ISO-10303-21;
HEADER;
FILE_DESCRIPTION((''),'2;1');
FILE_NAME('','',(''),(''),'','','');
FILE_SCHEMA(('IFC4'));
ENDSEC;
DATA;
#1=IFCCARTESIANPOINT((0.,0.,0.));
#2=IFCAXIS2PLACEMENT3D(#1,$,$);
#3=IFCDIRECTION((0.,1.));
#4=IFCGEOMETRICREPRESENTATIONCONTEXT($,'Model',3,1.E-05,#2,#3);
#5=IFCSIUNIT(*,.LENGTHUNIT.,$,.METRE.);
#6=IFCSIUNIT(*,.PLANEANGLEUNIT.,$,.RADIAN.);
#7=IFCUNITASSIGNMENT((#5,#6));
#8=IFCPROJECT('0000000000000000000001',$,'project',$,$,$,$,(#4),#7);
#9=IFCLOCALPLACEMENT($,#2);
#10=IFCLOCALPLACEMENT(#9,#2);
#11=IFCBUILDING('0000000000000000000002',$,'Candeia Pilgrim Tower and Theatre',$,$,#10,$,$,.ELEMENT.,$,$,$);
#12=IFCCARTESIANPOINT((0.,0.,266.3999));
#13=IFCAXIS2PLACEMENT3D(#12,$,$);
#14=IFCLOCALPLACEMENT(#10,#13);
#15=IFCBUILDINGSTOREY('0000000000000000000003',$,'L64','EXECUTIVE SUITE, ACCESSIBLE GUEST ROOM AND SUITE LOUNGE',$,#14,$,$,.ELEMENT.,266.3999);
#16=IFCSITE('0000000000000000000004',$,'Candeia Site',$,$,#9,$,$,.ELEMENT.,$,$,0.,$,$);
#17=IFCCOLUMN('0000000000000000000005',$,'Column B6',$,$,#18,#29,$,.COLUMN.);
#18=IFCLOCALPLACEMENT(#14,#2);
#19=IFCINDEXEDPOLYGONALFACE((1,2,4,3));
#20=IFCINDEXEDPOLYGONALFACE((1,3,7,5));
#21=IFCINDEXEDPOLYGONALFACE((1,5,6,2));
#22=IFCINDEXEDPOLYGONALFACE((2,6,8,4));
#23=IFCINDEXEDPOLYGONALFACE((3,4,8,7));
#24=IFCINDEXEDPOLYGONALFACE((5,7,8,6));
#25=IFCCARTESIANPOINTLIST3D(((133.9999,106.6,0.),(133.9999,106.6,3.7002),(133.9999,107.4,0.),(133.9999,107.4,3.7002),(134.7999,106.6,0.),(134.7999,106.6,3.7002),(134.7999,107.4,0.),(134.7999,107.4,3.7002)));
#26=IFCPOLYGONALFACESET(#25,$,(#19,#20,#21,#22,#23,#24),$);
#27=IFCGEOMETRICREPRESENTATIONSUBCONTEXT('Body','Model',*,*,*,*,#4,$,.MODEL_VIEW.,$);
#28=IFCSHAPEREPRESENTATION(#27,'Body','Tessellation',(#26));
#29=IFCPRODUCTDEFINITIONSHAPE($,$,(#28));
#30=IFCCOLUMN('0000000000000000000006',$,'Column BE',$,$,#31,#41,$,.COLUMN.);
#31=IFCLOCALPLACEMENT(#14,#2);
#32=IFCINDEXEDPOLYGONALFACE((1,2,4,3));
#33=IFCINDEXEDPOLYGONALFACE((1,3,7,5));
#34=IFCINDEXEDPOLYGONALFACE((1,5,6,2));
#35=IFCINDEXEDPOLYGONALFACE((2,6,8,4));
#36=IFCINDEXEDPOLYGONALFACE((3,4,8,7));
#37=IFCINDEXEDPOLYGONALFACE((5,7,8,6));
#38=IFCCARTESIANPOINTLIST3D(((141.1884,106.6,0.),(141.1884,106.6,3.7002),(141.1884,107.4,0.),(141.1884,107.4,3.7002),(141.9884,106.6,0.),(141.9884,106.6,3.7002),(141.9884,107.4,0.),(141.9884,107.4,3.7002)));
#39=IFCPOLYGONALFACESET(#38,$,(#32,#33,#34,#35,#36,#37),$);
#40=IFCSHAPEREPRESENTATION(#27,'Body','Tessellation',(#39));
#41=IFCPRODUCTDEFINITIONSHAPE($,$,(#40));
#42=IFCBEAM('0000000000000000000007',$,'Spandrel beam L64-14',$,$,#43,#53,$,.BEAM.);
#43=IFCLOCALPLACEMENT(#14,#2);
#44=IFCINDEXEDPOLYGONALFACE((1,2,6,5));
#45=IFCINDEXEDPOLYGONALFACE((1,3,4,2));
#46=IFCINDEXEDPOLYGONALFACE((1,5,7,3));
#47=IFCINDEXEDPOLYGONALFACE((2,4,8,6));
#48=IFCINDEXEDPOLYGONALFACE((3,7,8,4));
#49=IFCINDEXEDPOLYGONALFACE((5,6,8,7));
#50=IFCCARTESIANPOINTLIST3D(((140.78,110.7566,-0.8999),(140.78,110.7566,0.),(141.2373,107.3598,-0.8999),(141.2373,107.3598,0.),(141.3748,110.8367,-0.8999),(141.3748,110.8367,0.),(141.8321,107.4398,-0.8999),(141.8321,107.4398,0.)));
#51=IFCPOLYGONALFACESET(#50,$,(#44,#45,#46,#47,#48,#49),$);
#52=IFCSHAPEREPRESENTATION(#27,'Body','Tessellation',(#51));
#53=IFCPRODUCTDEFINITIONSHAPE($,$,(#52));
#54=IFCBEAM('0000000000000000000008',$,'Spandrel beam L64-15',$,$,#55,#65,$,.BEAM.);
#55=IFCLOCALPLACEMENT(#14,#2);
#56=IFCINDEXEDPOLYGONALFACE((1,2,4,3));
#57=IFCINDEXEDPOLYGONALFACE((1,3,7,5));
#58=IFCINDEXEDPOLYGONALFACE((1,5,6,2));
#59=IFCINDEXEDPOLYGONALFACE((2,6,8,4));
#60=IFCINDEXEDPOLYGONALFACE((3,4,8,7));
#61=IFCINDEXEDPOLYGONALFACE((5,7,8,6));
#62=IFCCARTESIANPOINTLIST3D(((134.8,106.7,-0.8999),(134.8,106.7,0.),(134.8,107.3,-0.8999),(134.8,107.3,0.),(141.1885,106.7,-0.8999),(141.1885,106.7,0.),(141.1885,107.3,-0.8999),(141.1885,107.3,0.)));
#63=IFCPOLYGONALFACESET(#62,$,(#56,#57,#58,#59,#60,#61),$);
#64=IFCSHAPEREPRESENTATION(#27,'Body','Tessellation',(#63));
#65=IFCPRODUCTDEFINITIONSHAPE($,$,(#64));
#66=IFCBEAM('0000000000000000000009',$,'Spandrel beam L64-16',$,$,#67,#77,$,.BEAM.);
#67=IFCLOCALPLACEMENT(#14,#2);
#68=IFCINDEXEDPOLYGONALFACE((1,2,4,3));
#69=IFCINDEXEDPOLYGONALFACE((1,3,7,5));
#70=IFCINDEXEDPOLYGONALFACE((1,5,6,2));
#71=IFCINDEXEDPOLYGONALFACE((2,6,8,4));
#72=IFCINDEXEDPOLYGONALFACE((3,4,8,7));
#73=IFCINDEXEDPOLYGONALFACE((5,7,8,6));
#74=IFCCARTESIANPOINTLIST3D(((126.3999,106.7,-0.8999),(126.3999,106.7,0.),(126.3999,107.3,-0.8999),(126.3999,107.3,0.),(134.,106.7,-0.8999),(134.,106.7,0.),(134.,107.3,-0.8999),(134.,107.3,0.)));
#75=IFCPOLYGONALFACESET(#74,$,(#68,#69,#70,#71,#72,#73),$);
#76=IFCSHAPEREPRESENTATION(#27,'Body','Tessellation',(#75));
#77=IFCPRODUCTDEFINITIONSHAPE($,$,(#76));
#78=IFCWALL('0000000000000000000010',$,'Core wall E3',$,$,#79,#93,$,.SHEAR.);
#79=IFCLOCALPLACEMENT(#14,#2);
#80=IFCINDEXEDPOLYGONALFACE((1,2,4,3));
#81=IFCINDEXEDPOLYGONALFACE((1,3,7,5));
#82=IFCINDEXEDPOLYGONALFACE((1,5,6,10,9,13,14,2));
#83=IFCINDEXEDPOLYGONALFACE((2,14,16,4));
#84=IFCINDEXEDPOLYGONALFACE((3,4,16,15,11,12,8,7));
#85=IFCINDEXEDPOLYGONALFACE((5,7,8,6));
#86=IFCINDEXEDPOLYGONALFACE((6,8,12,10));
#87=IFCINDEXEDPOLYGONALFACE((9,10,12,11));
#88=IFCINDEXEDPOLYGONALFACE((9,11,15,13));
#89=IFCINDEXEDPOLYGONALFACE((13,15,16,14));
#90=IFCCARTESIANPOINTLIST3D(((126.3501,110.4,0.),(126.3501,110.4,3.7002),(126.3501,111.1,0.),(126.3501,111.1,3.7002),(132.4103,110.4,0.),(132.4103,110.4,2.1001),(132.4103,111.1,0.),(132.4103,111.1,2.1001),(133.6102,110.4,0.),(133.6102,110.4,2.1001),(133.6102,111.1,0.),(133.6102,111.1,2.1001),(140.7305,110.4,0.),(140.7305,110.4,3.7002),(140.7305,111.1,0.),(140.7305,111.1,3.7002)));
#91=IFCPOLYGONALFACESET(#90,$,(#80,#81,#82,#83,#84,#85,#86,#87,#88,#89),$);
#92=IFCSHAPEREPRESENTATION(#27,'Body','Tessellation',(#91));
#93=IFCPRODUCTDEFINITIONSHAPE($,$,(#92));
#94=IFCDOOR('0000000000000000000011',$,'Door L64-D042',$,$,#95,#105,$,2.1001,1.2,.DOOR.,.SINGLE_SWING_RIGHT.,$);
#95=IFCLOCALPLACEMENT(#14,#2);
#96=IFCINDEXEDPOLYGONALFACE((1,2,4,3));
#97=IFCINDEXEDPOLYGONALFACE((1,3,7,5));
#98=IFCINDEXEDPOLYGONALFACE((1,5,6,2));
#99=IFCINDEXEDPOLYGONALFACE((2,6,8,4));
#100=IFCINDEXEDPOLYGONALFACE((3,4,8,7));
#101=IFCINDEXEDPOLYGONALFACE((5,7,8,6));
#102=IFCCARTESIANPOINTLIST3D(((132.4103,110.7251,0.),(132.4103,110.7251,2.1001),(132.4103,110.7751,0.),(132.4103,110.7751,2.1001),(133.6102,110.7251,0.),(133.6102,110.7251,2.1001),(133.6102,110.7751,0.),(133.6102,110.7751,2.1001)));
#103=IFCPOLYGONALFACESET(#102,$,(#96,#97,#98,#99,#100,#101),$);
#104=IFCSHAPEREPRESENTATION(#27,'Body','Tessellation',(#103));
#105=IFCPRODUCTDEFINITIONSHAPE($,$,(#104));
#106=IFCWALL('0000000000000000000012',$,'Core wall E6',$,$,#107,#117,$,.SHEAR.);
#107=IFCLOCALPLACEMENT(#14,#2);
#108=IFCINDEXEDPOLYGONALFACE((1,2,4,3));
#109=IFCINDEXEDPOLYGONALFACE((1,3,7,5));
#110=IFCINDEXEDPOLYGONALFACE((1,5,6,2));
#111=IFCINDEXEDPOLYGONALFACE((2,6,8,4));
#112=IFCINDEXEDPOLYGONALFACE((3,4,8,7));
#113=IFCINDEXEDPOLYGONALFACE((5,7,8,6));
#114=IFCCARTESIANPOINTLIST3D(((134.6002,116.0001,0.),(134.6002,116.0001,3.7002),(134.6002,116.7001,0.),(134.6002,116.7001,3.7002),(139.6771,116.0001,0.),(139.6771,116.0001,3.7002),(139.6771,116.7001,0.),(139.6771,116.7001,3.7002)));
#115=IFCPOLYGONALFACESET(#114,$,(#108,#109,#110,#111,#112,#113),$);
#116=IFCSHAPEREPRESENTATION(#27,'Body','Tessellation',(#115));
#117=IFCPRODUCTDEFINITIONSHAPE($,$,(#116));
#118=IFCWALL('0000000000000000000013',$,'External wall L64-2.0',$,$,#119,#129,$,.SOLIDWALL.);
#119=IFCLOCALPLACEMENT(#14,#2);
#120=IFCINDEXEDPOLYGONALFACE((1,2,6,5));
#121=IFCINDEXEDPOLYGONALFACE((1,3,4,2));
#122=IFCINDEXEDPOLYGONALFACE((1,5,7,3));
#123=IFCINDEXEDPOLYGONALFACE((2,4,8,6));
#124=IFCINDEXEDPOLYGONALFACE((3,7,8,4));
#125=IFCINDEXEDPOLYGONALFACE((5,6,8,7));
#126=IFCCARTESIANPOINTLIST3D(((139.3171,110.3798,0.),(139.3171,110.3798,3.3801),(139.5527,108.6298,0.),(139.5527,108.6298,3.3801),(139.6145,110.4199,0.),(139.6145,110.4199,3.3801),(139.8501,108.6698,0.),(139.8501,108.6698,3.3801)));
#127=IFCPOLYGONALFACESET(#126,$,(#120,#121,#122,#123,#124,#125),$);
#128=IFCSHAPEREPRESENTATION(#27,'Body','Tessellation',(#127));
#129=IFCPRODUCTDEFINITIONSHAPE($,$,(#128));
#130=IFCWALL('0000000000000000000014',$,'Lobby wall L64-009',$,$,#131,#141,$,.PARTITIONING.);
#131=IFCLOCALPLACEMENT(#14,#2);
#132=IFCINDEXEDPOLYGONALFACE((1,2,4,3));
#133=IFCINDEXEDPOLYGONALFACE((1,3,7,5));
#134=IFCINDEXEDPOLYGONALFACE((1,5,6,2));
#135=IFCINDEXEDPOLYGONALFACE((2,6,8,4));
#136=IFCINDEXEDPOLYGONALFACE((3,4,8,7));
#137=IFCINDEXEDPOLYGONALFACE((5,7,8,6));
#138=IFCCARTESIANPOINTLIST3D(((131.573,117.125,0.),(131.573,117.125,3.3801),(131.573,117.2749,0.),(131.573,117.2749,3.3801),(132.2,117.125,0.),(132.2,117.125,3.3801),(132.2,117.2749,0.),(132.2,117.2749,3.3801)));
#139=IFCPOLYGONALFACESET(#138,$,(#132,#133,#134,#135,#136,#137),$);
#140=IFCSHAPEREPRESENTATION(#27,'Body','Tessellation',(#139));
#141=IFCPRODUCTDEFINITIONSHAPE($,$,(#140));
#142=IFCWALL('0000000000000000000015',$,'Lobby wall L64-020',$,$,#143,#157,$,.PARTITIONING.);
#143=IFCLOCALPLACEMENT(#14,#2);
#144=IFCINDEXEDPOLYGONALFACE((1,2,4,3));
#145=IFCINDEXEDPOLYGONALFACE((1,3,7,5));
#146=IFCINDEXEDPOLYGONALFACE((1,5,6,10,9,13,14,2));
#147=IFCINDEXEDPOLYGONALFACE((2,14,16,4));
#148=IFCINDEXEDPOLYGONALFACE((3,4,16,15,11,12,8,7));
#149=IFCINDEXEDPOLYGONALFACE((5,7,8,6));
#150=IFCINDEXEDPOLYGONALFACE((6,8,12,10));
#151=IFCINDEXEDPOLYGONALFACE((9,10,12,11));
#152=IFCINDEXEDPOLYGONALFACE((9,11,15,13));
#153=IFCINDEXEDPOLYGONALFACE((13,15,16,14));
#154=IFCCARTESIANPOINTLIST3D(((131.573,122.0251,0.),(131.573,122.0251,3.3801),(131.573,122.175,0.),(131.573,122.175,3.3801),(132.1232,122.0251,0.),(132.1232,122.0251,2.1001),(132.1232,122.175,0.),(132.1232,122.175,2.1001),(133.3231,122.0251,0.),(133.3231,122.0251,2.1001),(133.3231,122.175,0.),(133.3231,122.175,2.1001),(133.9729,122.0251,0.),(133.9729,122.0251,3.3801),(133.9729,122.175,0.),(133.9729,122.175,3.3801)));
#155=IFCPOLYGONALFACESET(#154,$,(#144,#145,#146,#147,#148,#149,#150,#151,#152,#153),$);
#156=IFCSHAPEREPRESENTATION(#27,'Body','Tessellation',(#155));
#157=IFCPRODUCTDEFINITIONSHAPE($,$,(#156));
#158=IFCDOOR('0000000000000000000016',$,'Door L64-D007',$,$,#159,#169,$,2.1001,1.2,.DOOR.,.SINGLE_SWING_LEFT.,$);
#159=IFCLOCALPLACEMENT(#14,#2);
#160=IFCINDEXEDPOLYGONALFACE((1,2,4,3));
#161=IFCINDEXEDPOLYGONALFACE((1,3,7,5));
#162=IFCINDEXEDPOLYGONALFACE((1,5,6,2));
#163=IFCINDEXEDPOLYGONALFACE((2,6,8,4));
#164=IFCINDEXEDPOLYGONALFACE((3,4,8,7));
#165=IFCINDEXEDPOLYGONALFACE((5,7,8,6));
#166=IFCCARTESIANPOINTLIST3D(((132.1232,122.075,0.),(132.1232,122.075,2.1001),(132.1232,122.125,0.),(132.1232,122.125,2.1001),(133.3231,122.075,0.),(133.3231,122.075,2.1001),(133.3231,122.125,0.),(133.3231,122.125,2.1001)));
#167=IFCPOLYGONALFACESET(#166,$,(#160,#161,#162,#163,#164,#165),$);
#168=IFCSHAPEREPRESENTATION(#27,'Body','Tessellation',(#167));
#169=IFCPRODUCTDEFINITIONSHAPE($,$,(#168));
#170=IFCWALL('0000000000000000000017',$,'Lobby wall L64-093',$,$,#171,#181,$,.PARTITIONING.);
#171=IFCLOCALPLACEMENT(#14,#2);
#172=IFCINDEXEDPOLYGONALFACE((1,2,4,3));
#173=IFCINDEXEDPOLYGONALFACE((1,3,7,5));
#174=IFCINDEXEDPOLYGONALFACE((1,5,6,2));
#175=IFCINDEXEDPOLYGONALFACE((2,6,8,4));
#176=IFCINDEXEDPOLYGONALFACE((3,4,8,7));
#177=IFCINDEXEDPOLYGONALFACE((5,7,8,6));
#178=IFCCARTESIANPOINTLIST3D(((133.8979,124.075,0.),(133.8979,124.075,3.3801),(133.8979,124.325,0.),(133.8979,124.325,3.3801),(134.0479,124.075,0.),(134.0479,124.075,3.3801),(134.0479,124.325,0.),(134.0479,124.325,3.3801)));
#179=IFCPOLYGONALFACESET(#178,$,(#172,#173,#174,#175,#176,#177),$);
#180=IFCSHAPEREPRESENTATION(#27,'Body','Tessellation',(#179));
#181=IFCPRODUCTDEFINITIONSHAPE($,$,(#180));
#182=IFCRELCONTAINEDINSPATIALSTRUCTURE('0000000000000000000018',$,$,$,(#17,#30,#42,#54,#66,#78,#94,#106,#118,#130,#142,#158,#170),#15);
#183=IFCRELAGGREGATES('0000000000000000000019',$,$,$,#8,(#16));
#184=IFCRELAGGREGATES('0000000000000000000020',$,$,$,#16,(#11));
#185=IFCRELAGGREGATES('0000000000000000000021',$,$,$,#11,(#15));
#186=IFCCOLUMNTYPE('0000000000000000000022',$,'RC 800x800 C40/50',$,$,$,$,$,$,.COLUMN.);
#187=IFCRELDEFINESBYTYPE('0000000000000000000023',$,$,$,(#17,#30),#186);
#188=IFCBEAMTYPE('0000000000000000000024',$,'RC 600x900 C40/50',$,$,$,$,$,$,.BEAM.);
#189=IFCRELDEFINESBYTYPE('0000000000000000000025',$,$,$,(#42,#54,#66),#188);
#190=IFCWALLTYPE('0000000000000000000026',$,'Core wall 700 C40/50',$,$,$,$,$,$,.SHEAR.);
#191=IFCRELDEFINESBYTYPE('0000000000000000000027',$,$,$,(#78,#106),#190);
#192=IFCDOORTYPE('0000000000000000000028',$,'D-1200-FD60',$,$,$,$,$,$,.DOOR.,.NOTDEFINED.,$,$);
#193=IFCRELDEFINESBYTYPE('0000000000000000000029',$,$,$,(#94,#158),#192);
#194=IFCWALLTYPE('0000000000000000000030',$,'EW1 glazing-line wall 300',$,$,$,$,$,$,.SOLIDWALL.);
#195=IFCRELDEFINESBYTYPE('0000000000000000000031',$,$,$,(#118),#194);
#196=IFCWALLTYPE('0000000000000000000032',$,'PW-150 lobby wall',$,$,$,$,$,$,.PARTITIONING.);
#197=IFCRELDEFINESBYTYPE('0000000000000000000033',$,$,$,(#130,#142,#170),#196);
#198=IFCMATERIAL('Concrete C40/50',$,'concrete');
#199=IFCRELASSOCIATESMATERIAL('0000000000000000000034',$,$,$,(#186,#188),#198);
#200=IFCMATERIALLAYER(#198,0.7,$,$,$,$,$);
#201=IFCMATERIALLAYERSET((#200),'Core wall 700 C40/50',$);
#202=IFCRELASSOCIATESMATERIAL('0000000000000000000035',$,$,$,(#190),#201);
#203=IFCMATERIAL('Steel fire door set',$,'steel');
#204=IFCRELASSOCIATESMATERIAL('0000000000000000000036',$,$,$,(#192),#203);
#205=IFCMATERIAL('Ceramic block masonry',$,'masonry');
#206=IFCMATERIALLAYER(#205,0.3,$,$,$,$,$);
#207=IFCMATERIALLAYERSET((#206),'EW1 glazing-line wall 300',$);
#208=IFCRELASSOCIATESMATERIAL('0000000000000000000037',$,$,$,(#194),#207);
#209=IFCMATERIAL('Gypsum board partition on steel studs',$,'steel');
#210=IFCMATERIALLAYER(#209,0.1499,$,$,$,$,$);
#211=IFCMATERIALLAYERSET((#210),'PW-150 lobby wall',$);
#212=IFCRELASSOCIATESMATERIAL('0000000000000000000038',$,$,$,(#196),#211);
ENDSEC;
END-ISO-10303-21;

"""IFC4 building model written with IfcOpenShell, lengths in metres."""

from ifc_helpers import new_model, si_unit, direction, frame, frame_2d, origin, origin_2d, place, context, subcontext, project, spatial, rectangle, extrude, material, layer, layer_set, material_profile, profile_set, type_object, element, fill, save


model = new_model("IFC4")

# Units and contexts
model_context = context("Model", 3, precision=1e-05, world=origin(), true_north=direction((0.0, 1.0)))
body_context = subcontext(model_context, "Body", "Model", "MODEL_VIEW")
ifc_project = project(units=[si_unit("LENGTHUNIT", "METRE"), si_unit("PLANEANGLEUNIT", "RADIAN")], contexts=[model_context])

# Site, building, storey
site_placement = place(None, origin())
site = spatial("IfcSite", under=ifc_project, at=site_placement, Name="Candeia Site", CompositionType="ELEMENT", RefElevation=0.0)
building_placement = place(site_placement, origin())
building = spatial("IfcBuilding", under=site, at=building_placement, Name="Candeia Pilgrim Tower and Theatre", CompositionType="ELEMENT")
storey_placement = place(building_placement, frame((0.0, 0.0, 266.3999)))
storey = spatial("IfcBuildingStorey", under=building, at=storey_placement, Name="L64", Description="EXECUTIVE SUITE, ACCESSIBLE GUEST ROOM AND SUITE LOUNGE", CompositionType="ELEMENT", Elevation=266.3999)

# Columns
ifc_material_1 = material(Name="Concrete C40/50", Category="concrete")
ifc_material_profile_1 = material_profile(ifc_material_1, rectangle(XDim=0.8, YDim=0.8, at=origin_2d()))
ifc_profile_set_1 = profile_set([ifc_material_profile_1], Name="Concrete C40/50")
column_type = type_object("IfcColumnType", Name="RC 800x800 C40/50", PredefinedType="COLUMN", material=ifc_profile_set_1)
for number, where, z_axis, x_axis, name in (
    (1, (134.3999, 107.0, 0.0), (0.0, 0.0, 1.0), (1.0, 0.0, 0.0), "Column B6"),
    (2, (141.5884, 107.0, 0.0), (0.0, 0.0, 1.0), (1.0, 0.0, 0.0), "Column BE"),
):
    element("IfcColumn", number, at=place(storey_placement, frame(where, z_axis=z_axis, x_axis=x_axis)), inside=storey, type_object=column_type, Name=name, PredefinedType="COLUMN", context=body_context, shape_type="SweptSolid", body=[
        extrude(rectangle(XDim=0.8, YDim=0.8, at=origin_2d()), origin(), (0.0, 0.0, 1.0), 3.7002),
    ])

# Beams
ifc_material_profile_2 = material_profile(ifc_material_1, rectangle(XDim=0.6001, YDim=0.8999, at=origin_2d()))
ifc_profile_set_2 = profile_set([ifc_material_profile_2], Name="Concrete C40/50")
beam_type = type_object("IfcBeamType", Name="RC 600x900 C40/50", PredefinedType="BEAM", material=ifc_profile_set_2)
beam_1_placement = place(storey_placement, frame((141.0774, 110.7966, -0.45), z_axis=(0.133419, -0.99106, 0.0), x_axis=(0.99106, 0.133419, 0.0)))
element("IfcBeam", 3, at=beam_1_placement, inside=storey, type_object=beam_type, Name="Spandrel beam L64-14", PredefinedType="BEAM", context=body_context, shape_type="SweptSolid", body=[
    extrude(rectangle(XDim=0.6001, YDim=0.8999, at=origin_2d()), origin(), (0.0, 0.0, 1.0), 3.4275),
])
beam_2_placement = place(storey_placement, frame((141.1885, 107.0, -0.45), z_axis=(-1.0, 0.0, 0.0), x_axis=(0.0, -1.0, 0.0)))
element("IfcBeam", 4, at=beam_2_placement, inside=storey, type_object=beam_type, Name="Spandrel beam L64-15", PredefinedType="BEAM", context=body_context, shape_type="SweptSolid", body=[
    extrude(rectangle(XDim=0.6001, YDim=0.8999, at=origin_2d()), origin(), (0.0, 0.0, 1.0), 6.3884),
])
beam_3_placement = place(storey_placement, frame((134.0, 107.0, -0.45), z_axis=(-1.0, 0.0, 0.0), x_axis=(0.0, -1.0, 0.0)))
element("IfcBeam", 5, at=beam_3_placement, inside=storey, type_object=beam_type, Name="Spandrel beam L64-16", PredefinedType="BEAM", context=body_context, shape_type="SweptSolid", body=[
    extrude(rectangle(XDim=0.6001, YDim=0.8999, at=origin_2d()), origin(), (0.0, 0.0, 1.0), 7.6001),
])

# Wall, opening, door
ifc_layer_1 = layer(ifc_material_1, 0.7)
ifc_layer_set_1 = layer_set([ifc_layer_1], Name="Core wall 700 C40/50")
wall_type_1 = type_object("IfcWallType", Name="Core wall 700 C40/50", PredefinedType="SHEAR", material=ifc_layer_set_1)
wall_1_placement = place(storey_placement, frame((140.7305, 110.75, 0.0), z_axis=(0.0, 0.0, 1.0), x_axis=(-1.0, 0.0, 0.0)))
wall_1 = element("IfcWall", 6, at=wall_1_placement, inside=storey, type_object=wall_type_1, Name="Core wall E3", PredefinedType="SHEAR", context=body_context, shape_type="SweptSolid", body=[
    extrude(rectangle(XDim=14.3804, YDim=0.7, at=frame_2d((7.1902, 0.0))), origin(), (0.0, 0.0, 1.0), 3.7002),
])
opening_1_placement = place(wall_1_placement, frame((7.1201, 0.0, 0.0)))
opening_1 = element("IfcOpeningElement", 7, at=opening_1_placement, cuts=wall_1, PredefinedType="OPENING", context=body_context, shape_type="SweptSolid", body=[
    extrude(rectangle(XDim=1.2, YDim=2.1001, at=frame_2d((0.6001, 1.05))), frame((0.0, 0.3599, 0.0), z_axis=(0.0, -1.0, 0.0), x_axis=(1.0, 0.0, 0.0)), (0.0, 0.0, 1.0), 0.72),
])
ifc_material_2 = material(Name="Steel fire door set", Category="steel")
door_type_1 = type_object("IfcDoorType", Name="D-1200-FD60", OperationType="NOTDEFINED", PredefinedType="DOOR", material=ifc_material_2)
door_1_placement = place(opening_1_placement, origin())
door_1 = element("IfcDoor", 8, at=door_1_placement, inside=storey, type_object=door_type_1, Name="Door L64-D042", OperationType="SINGLE_SWING_RIGHT", OverallHeight=2.1001, OverallWidth=1.2, PredefinedType="DOOR", context=body_context, shape_type="SweptSolid", body=[
    extrude(rectangle(XDim=1.2, YDim=2.1001, at=frame_2d((0.6001, 1.05))), frame((0.0, 0.0249, 0.0), z_axis=(0.0, -1.0, 0.0), x_axis=(1.0, 0.0, 0.0)), (0.0, 0.0, 1.0), 0.05),
])
fill(opening_1, door_1)

# Walls
wall_2_placement = place(storey_placement, frame((134.6001, 116.3501, 0.0), z_axis=(0.0, 0.0, 1.0), x_axis=(1.0, 0.0, 0.0)))
element("IfcWall", 9, at=wall_2_placement, inside=storey, type_object=wall_type_1, Name="Core wall E6", PredefinedType="SHEAR", context=body_context, shape_type="SweptSolid", body=[
    extrude(rectangle(XDim=5.0769, YDim=0.7, at=frame_2d((2.5386, 0.0))), origin(), (0.0, 0.0, 1.0), 3.7002),
])
ifc_material_3 = material(Name="Ceramic block masonry", Category="masonry")
ifc_layer_2 = layer(ifc_material_3, 0.3)
ifc_layer_set_2 = layer_set([ifc_layer_2], Name="EW1 glazing-line wall 300")
wall_type_2 = type_object("IfcWallType", Name="EW1 glazing-line wall 300", PredefinedType="SOLIDWALL", material=ifc_layer_set_2)
wall_3_placement = place(storey_placement, frame((139.7014, 108.6499, 0.0), z_axis=(0.0, 0.0, 1.0), x_axis=(-0.133422, 0.991059, 0.0)))
element("IfcWall", 10, at=wall_3_placement, inside=storey, type_object=wall_type_2, Name="External wall L64-2.0", PredefinedType="SOLIDWALL", context=body_context, shape_type="SweptSolid", body=[
    extrude(rectangle(XDim=1.7659, YDim=0.3, at=frame_2d((0.8828, 0.0))), origin(), (0.0, 0.0, 1.0), 3.3801),
])
ifc_material_4 = material(Name="Gypsum board partition on steel studs", Category="steel")
ifc_layer_3 = layer(ifc_material_4, 0.1499)
ifc_layer_set_3 = layer_set([ifc_layer_3], Name="PW-150 lobby wall")
wall_type_3 = type_object("IfcWallType", Name="PW-150 lobby wall", PredefinedType="PARTITIONING", material=ifc_layer_set_3)
wall_4_placement = place(storey_placement, frame((131.573, 117.2, 0.0), z_axis=(0.0, 0.0, 1.0), x_axis=(1.0, 0.0, 0.0)))
element("IfcWall", 11, at=wall_4_placement, inside=storey, type_object=wall_type_3, Name="Lobby wall L64-009", PredefinedType="PARTITIONING", context=body_context, shape_type="SweptSolid", body=[
    extrude(rectangle(XDim=0.627, YDim=0.1499, at=frame_2d((0.3135, 0.0))), origin(), (0.0, 0.0, 1.0), 3.3801),
])

# Wall, opening, door
wall_5_placement = place(storey_placement, frame((131.573, 122.1001, 0.0), z_axis=(0.0, 0.0, 1.0), x_axis=(1.0, 0.0, 0.0)))
wall_5 = element("IfcWall", 12, at=wall_5_placement, inside=storey, type_object=wall_type_3, Name="Lobby wall L64-020", PredefinedType="PARTITIONING", context=body_context, shape_type="SweptSolid", body=[
    extrude(rectangle(XDim=2.3999, YDim=0.1499, at=frame_2d((1.2, 0.0))), origin(), (0.0, 0.0, 1.0), 3.3801),
])
opening_2_placement = place(wall_5_placement, frame((0.55, 0.0, 0.0)))
opening_2 = element("IfcOpeningElement", 13, at=opening_2_placement, cuts=wall_5, PredefinedType="OPENING", context=body_context, shape_type="SweptSolid", body=[
    extrude(rectangle(XDim=1.2, YDim=2.1001, at=frame_2d((0.6001, 1.05))), frame((0.0, 0.085, 0.0), z_axis=(0.0, -1.0, 0.0), x_axis=(1.0, 0.0, 0.0)), (0.0, 0.0, 1.0), 0.1699),
])
door_2_placement = place(opening_2_placement, origin())
door_2 = element("IfcDoor", 14, at=door_2_placement, inside=storey, type_object=door_type_1, Name="Door L64-D007", OperationType="SINGLE_SWING_LEFT", OverallHeight=2.1001, OverallWidth=1.2, PredefinedType="DOOR", context=body_context, shape_type="SweptSolid", body=[
    extrude(rectangle(XDim=1.2, YDim=2.1001, at=frame_2d((0.6001, 1.05))), frame((0.0, 0.0249, 0.0), z_axis=(0.0, -1.0, 0.0), x_axis=(1.0, 0.0, 0.0)), (0.0, 0.0, 1.0), 0.05),
])
fill(opening_2, door_2)

# Wall
wall_6_placement = place(storey_placement, frame((133.9729, 124.075, 0.0), z_axis=(0.0, 0.0, 1.0), x_axis=(0.0, 1.0, 0.0)))
element("IfcWall", 15, at=wall_6_placement, inside=storey, type_object=wall_type_3, Name="Lobby wall L64-093", PredefinedType="PARTITIONING", context=body_context, shape_type="SweptSolid", body=[
    extrude(rectangle(XDim=0.25, YDim=0.1499, at=frame_2d((0.125, 0.0))), origin(), (0.0, 0.0, 1.0), 3.3801),
])

save(model, "model.ifc")
